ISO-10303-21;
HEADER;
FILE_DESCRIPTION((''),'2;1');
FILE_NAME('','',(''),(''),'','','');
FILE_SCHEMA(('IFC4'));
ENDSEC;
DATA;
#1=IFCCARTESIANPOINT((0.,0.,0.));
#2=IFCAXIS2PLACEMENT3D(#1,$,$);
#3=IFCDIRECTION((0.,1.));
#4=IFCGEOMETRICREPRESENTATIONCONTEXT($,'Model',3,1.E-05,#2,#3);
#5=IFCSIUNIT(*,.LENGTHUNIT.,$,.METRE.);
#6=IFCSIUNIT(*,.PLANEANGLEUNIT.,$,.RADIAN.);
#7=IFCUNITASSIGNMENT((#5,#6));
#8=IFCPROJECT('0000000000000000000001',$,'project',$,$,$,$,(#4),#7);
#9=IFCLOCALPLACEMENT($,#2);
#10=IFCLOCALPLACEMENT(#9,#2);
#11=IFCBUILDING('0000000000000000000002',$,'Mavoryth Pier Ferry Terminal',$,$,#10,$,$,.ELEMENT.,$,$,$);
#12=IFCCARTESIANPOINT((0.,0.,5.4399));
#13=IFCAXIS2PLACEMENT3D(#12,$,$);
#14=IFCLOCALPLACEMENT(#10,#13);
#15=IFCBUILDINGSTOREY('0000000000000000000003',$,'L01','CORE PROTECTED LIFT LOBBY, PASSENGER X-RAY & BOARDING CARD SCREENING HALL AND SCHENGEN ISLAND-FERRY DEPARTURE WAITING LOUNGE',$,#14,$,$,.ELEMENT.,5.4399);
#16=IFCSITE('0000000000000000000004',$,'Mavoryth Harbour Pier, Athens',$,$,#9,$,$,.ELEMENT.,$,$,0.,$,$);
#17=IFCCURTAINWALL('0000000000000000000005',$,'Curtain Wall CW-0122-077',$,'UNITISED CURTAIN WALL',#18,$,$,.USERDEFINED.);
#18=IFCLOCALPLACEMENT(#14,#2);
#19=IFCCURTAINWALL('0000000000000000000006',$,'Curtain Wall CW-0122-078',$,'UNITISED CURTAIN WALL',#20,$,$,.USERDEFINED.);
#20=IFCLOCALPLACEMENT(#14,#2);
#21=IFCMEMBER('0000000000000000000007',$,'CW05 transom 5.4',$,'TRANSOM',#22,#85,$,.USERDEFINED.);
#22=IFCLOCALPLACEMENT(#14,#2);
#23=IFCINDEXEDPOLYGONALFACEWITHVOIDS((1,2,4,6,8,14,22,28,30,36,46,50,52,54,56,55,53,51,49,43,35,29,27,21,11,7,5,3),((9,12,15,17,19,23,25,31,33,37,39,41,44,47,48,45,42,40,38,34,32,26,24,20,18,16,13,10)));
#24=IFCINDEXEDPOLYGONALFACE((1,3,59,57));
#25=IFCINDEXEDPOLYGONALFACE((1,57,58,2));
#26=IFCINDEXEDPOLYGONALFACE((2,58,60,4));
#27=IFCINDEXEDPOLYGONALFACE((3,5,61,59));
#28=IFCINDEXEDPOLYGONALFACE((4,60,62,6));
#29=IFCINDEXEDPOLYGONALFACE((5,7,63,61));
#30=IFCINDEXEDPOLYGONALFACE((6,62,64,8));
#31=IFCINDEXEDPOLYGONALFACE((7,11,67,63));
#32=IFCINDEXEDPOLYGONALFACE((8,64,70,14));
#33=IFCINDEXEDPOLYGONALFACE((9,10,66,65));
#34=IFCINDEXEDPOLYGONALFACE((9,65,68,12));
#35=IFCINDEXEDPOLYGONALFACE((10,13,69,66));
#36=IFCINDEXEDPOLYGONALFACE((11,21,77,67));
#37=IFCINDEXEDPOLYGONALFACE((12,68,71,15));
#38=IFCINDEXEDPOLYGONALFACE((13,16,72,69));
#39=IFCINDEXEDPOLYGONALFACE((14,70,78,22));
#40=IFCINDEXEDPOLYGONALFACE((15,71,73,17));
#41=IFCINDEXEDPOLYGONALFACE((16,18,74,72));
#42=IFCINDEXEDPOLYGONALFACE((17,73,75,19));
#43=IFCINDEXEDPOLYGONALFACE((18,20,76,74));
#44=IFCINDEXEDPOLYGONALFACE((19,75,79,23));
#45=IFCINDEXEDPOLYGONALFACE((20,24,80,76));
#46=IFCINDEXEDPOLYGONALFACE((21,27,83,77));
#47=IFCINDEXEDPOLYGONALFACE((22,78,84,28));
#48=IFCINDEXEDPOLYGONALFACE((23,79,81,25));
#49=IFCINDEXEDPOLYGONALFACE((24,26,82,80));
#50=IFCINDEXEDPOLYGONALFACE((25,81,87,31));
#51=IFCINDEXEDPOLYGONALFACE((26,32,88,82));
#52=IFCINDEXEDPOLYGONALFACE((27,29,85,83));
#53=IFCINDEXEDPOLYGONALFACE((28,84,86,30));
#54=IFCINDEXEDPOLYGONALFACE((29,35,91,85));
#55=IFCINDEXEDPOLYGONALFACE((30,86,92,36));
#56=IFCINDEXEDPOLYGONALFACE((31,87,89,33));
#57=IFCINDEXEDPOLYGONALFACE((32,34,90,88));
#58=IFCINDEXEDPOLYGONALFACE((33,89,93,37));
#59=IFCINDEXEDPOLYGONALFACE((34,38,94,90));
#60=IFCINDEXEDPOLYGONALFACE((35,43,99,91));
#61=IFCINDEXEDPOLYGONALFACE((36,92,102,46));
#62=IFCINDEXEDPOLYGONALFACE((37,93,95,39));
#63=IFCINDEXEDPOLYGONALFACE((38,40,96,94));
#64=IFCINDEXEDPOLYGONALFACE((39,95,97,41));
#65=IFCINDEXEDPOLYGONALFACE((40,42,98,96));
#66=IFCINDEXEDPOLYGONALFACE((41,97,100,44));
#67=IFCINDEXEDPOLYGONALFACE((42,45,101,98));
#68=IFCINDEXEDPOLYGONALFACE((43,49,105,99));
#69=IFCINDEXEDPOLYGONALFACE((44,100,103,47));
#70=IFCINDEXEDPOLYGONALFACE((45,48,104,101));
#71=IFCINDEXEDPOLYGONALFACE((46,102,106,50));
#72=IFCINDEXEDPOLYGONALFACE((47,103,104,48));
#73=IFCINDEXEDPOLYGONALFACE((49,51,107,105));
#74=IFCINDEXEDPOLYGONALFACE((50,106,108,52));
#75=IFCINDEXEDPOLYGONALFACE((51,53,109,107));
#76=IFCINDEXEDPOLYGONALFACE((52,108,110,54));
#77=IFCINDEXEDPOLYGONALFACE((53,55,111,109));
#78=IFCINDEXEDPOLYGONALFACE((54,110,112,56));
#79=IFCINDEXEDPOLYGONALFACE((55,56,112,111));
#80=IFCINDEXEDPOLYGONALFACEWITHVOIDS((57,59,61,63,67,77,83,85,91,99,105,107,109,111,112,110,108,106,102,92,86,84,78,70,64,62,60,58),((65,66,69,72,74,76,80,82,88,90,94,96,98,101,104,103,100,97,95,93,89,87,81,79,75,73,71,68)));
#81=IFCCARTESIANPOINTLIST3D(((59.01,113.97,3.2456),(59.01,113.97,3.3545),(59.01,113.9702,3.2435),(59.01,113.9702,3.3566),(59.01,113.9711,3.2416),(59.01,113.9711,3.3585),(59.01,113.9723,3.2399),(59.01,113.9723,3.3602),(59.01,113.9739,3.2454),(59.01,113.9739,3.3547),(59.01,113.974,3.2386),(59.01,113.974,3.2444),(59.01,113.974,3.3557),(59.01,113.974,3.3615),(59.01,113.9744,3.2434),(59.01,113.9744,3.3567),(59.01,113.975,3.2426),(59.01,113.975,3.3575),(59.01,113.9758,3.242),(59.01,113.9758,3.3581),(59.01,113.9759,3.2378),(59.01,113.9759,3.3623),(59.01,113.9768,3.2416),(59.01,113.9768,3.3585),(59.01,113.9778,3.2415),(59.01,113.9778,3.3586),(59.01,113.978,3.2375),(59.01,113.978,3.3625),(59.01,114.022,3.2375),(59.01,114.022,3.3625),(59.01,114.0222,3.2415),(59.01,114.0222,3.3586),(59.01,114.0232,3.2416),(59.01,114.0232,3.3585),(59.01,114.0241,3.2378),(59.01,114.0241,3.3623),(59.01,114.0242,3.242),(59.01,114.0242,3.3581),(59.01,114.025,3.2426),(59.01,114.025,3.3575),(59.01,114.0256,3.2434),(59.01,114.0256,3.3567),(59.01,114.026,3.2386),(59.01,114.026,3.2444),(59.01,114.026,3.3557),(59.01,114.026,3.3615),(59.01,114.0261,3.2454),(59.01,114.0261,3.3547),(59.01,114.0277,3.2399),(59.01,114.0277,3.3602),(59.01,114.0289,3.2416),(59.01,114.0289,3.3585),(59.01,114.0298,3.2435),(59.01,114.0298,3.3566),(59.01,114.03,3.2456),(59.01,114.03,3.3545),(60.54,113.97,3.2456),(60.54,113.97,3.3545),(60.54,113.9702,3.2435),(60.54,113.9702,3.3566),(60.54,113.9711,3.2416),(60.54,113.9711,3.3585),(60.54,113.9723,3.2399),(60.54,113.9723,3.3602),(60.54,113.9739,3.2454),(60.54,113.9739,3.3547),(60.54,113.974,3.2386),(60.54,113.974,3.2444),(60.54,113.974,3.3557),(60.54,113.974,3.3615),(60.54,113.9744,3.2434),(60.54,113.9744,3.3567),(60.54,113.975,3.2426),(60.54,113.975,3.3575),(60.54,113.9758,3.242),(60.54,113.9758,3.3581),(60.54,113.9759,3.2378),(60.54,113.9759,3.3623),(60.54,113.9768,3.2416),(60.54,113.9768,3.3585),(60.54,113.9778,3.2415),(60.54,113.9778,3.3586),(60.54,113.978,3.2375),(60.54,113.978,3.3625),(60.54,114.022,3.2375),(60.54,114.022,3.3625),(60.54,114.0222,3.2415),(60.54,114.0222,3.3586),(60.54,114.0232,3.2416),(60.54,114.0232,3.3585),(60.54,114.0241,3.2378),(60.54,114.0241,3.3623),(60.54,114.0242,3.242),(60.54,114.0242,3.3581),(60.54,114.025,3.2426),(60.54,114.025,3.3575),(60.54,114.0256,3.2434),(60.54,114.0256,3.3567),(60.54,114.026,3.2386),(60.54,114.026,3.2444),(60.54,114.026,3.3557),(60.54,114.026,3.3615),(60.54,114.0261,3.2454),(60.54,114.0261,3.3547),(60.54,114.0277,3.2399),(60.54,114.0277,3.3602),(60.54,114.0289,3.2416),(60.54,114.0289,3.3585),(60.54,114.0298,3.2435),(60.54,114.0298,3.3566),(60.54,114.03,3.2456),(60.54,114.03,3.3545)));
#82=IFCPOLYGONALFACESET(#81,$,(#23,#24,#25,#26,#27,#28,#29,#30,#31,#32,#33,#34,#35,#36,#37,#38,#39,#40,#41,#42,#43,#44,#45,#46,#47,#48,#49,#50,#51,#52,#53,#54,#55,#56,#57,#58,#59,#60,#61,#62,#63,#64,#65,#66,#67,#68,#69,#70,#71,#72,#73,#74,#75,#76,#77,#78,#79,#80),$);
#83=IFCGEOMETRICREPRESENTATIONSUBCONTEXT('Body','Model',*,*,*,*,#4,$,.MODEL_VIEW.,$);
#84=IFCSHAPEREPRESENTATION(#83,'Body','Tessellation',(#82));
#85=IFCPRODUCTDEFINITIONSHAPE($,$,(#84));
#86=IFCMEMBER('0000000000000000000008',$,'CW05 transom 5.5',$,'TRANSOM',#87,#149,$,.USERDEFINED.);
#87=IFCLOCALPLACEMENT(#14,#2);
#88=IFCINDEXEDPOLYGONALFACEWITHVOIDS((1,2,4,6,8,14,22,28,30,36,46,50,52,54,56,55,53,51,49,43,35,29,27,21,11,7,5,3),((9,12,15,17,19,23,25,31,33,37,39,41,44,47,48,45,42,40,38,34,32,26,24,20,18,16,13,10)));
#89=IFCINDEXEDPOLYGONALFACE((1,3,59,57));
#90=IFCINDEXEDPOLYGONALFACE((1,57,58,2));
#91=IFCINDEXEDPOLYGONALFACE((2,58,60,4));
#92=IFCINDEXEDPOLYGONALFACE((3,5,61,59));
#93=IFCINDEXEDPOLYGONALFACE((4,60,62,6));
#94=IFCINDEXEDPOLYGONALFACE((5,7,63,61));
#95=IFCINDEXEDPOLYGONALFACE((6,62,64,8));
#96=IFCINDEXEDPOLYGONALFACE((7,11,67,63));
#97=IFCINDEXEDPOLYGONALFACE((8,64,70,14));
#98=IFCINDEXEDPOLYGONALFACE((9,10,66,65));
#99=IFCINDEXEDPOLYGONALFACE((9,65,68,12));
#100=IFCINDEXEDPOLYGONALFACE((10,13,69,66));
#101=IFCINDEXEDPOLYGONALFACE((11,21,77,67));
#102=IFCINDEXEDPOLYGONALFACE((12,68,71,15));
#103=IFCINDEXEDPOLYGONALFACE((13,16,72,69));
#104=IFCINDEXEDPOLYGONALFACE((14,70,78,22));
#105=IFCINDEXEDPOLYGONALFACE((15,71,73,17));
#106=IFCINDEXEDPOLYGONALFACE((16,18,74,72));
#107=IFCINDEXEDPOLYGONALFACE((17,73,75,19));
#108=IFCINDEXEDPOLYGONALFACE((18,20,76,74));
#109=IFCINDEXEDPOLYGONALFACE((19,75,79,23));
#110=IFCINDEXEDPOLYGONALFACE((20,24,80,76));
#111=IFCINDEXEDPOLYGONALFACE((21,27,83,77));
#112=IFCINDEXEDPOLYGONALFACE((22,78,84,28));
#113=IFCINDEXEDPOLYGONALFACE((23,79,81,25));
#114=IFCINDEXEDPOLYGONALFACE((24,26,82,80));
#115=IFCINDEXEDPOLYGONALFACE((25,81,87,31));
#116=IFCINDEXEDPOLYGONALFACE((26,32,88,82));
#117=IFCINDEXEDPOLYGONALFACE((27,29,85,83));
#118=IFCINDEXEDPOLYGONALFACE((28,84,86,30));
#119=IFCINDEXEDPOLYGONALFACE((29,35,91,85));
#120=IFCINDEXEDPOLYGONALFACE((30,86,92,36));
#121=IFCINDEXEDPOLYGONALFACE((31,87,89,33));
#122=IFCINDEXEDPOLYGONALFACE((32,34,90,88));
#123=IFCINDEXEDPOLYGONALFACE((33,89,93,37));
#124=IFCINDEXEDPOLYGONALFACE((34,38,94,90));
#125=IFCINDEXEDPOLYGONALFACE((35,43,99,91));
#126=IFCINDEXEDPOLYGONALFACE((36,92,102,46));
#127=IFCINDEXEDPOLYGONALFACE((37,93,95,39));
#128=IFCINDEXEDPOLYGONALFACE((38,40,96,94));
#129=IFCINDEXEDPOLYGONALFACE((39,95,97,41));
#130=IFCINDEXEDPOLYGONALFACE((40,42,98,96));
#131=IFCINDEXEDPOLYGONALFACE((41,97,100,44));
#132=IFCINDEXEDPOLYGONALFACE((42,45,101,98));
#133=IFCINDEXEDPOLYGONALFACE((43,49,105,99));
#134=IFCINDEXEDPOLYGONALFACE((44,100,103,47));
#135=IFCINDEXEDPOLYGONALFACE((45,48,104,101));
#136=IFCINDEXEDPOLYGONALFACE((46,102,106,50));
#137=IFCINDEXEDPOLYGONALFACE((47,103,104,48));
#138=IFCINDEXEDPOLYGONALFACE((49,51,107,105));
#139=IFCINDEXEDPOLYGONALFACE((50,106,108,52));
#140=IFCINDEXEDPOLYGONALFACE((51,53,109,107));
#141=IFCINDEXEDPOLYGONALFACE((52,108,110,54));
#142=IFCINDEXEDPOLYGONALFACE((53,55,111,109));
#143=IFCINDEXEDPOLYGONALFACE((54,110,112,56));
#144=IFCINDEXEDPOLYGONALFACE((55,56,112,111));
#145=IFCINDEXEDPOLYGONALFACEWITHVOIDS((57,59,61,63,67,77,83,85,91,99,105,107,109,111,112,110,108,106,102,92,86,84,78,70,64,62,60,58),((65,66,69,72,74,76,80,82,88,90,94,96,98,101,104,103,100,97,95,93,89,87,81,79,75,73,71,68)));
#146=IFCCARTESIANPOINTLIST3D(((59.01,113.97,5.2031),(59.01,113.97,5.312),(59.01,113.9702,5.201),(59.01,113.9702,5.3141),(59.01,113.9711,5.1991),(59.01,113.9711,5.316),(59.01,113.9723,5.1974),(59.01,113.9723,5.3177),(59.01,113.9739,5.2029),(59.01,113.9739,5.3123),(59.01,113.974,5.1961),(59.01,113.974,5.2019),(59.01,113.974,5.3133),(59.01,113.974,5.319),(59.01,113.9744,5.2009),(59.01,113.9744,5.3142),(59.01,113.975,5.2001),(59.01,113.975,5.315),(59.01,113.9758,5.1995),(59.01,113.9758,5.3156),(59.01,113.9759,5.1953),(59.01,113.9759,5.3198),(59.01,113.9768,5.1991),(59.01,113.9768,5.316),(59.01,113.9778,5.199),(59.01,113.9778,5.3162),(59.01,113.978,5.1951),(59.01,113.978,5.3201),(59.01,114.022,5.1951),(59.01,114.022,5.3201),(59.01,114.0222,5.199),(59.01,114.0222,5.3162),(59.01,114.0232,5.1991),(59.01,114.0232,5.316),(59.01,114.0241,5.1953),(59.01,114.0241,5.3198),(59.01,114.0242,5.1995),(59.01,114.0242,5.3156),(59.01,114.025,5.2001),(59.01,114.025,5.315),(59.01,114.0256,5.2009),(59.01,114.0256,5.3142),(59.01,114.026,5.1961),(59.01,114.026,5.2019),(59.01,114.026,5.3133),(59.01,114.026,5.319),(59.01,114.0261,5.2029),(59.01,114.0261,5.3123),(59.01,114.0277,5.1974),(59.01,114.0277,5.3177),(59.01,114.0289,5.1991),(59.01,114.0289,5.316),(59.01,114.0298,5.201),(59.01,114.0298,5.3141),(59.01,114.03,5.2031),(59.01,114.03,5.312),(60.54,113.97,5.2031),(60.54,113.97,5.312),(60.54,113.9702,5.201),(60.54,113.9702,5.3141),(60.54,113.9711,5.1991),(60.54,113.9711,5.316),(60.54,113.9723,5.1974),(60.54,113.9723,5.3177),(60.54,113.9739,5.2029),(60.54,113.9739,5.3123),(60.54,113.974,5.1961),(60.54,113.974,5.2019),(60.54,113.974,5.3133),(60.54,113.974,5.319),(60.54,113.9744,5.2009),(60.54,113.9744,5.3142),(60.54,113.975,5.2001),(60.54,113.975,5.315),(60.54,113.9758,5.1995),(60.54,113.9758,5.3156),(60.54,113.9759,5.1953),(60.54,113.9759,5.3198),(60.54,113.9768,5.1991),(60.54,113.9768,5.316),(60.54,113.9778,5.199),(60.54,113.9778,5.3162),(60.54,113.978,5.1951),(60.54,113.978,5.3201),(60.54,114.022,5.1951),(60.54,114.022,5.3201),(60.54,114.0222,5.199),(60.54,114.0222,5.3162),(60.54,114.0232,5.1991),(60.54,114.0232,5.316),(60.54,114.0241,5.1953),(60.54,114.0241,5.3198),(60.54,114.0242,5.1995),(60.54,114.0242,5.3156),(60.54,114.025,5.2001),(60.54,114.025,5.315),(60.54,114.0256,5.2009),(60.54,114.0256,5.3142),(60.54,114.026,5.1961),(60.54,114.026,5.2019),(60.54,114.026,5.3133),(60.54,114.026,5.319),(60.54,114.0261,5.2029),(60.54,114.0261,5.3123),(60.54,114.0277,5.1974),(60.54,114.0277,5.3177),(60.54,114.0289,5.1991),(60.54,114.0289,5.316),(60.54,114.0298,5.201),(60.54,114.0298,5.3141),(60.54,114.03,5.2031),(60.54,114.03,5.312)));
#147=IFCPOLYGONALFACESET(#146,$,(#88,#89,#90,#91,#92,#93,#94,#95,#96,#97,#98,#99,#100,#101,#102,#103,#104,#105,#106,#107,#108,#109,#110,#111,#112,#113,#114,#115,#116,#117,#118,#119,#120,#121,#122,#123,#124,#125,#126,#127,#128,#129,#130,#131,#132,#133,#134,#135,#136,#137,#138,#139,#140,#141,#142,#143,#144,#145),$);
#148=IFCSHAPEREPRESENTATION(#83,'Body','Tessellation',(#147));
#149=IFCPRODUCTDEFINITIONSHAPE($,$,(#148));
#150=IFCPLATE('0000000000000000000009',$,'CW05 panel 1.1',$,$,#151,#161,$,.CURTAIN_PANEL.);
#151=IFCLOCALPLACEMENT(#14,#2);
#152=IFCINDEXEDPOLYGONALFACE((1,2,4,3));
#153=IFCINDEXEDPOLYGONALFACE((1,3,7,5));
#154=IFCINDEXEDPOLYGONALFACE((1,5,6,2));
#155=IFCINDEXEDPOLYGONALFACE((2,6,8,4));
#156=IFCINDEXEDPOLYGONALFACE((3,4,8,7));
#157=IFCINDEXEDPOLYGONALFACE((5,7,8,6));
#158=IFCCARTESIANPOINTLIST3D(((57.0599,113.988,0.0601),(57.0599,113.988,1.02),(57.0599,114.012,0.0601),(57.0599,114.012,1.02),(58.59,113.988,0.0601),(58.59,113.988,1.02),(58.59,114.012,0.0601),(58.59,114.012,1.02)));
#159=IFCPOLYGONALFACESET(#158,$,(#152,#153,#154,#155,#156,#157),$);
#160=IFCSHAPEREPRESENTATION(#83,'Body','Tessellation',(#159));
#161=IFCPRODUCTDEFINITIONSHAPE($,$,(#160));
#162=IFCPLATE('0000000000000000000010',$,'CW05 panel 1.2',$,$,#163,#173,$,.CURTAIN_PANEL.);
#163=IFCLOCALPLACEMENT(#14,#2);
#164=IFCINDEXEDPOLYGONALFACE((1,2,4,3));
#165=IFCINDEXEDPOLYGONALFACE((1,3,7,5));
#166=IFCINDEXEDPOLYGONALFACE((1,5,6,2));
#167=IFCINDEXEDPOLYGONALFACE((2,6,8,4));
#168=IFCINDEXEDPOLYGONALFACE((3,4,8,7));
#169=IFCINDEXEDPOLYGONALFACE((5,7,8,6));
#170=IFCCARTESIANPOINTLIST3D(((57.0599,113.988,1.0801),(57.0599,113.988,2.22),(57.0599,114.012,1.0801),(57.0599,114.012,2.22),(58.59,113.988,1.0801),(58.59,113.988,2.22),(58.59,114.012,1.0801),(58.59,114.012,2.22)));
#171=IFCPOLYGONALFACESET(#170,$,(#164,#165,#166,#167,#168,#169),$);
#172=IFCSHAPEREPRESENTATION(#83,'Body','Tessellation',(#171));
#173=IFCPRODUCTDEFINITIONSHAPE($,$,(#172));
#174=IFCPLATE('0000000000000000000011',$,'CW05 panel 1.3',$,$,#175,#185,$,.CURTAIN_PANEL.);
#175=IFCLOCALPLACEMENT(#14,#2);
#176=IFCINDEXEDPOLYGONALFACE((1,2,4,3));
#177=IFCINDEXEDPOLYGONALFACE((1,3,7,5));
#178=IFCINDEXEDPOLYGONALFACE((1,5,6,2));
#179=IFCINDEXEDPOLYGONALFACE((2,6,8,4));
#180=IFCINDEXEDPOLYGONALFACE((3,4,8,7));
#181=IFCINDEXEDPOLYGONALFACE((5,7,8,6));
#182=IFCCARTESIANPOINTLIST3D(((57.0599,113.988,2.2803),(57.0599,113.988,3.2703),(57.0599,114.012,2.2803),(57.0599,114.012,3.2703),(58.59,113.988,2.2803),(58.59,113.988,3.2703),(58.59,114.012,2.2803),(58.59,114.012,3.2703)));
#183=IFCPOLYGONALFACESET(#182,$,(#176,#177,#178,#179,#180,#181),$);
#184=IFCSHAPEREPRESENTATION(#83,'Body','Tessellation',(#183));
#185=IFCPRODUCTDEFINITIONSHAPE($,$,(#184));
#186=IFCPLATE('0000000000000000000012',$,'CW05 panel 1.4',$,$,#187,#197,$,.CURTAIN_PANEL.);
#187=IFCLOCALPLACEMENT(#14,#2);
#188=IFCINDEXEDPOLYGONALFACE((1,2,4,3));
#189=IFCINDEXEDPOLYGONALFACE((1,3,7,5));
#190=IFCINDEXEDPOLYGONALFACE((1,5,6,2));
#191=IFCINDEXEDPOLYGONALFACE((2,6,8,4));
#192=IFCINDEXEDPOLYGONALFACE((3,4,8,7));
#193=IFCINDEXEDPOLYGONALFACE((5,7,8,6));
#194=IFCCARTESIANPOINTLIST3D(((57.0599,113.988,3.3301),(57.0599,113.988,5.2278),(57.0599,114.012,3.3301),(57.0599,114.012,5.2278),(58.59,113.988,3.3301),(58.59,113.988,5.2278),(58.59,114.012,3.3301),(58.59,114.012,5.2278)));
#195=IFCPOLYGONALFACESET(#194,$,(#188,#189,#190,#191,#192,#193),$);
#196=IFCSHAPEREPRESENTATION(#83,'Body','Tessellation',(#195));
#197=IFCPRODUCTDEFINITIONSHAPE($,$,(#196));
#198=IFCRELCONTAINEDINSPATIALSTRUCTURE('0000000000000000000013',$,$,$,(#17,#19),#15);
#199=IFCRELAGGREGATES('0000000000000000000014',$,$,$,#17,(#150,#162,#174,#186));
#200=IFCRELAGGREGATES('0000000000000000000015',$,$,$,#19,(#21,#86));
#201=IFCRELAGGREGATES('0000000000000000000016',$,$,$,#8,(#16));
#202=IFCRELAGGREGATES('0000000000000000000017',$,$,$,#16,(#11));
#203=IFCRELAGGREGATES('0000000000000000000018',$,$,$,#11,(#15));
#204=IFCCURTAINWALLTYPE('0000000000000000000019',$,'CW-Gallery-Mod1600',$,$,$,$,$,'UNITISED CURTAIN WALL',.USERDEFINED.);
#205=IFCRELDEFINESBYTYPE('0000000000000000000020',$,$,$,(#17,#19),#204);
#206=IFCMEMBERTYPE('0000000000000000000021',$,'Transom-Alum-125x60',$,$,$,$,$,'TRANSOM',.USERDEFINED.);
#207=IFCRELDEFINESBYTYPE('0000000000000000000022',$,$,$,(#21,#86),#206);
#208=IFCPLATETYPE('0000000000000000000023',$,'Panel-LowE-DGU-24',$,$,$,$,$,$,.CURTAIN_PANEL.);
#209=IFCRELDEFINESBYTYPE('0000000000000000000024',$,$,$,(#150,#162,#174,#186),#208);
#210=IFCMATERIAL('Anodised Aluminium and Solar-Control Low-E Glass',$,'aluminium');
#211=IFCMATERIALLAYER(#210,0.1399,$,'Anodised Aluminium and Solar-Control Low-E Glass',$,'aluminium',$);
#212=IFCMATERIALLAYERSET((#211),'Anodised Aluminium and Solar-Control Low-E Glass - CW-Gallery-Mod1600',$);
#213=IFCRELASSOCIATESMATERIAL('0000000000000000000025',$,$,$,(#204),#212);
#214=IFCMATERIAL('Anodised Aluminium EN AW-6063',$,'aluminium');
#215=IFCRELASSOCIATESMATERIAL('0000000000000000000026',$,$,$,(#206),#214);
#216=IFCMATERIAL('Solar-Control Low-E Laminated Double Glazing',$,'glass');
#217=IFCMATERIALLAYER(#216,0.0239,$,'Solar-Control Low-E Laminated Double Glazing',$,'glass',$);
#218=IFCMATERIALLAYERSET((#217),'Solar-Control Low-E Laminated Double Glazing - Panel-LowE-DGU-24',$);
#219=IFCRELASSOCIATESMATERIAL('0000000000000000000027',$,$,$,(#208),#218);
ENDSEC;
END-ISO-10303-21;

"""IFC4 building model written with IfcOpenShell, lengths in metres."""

from ifc_helpers import new_model, si_unit, direction, frame, origin, origin_2d, place, context, subcontext, project, spatial, rectangle, hollow_rectangle, extrude, material, layer, layer_set, material_profile, profile_set, type_object, element, aggregate, save


model = new_model("IFC4")

# Units and contexts
model_context = context("Model", 3, precision=1e-05, world=origin(), true_north=direction((0.0, 1.0)))
body_context = subcontext(model_context, "Body", "Model", "MODEL_VIEW")
ifc_project = project(units=[si_unit("LENGTHUNIT", "METRE"), si_unit("PLANEANGLEUNIT", "RADIAN")], contexts=[model_context])

# Site, building, storey
site_placement = place(None, origin())
site = spatial("IfcSite", under=ifc_project, at=site_placement, Name="Mavoryth Harbour Pier, Athens", CompositionType="ELEMENT", RefElevation=0.0)
building_placement = place(site_placement, origin())
building = spatial("IfcBuilding", under=site, at=building_placement, Name="Mavoryth Pier Ferry Terminal", CompositionType="ELEMENT")
storey_placement = place(building_placement, frame((0.0, 0.0, 5.4399)))
storey = spatial("IfcBuildingStorey", under=building, at=storey_placement, Name="L01", Description="CORE PROTECTED LIFT LOBBY, PASSENGER X-RAY & BOARDING CARD SCREENING HALL AND SCHENGEN ISLAND-FERRY DEPARTURE WAITING LOUNGE", CompositionType="ELEMENT", Elevation=5.4399)

# Curtain walls
ifc_material_1 = material(Name="Anodised Aluminium and Solar-Control Low-E Glass", Category="aluminium")
ifc_layer_1 = layer(ifc_material_1, 0.1399, Name="Anodised Aluminium and Solar-Control Low-E Glass", Category="aluminium")
ifc_layer_set_1 = layer_set([ifc_layer_1], Name="Anodised Aluminium and Solar-Control Low-E Glass - CW-Gallery-Mod1600")
curtain_wall_type = type_object("IfcCurtainWallType", Name="CW-Gallery-Mod1600", ElementType="UNITISED CURTAIN WALL", PredefinedType="USERDEFINED", material=ifc_layer_set_1)
curtain_wall_1_placement = place(storey_placement, origin())
curtain_wall_1 = element("IfcCurtainWall", 1, at=curtain_wall_1_placement, inside=storey, type_object=curtain_wall_type, Name="Curtain Wall CW-0122-077", ObjectType="UNITISED CURTAIN WALL", PredefinedType="USERDEFINED")
ifc_material_2 = material(Name="Anodised Aluminium EN AW-6063", Category="aluminium")
curtain_wall_2_placement = place(storey_placement, origin())
curtain_wall_2 = element("IfcCurtainWall", 2, at=curtain_wall_2_placement, inside=storey, type_object=curtain_wall_type, Name="Curtain Wall CW-0122-078", ObjectType="UNITISED CURTAIN WALL", PredefinedType="USERDEFINED")

# Members
ifc_material_profile_1 = material_profile(ifc_material_2, hollow_rectangle(XDim=0.0601, YDim=0.125, WallThickness=0.0039, InnerFilletRadius=0.0039, OuterFilletRadius=0.0081, at=origin_2d()), Name="AL-TRAN 125x60x4", Category="aluminium")
ifc_profile_set_1 = profile_set([ifc_material_profile_1], Name="Anodised Aluminium EN AW-6063 - AL-TRAN 125x60x4")
member_type_1 = type_object("IfcMemberType", Name="Transom-Alum-125x60", ElementType="TRANSOM", PredefinedType="USERDEFINED", material=ifc_profile_set_1)
member_1_placement = place(storey_placement, frame((60.54, 114.0, 3.3), z_axis=(-1.0, 0.0, 0.0), x_axis=(0.0, -1.0, 0.0)))
member_1 = element("IfcMember", 3, at=member_1_placement, type_object=member_type_1, Name="CW05 transom 5.4", ObjectType="TRANSOM", PredefinedType="USERDEFINED", context=body_context, shape_type="SweptSolid", body=[
    extrude(hollow_rectangle(XDim=0.0601, YDim=0.125, WallThickness=0.0039, InnerFilletRadius=0.0039, OuterFilletRadius=0.0081, at=origin_2d()), origin(), (0.0, 0.0, 1.0), 1.53),
])
member_2_placement = place(storey_placement, frame((60.54, 114.0, 5.2576), z_axis=(-1.0, 0.0, 0.0), x_axis=(0.0, -1.0, 0.0)))
member_2 = element("IfcMember", 4, at=member_2_placement, type_object=member_type_1, Name="CW05 transom 5.5", ObjectType="TRANSOM", PredefinedType="USERDEFINED", context=body_context, shape_type="SweptSolid", body=[
    extrude(hollow_rectangle(XDim=0.0601, YDim=0.125, WallThickness=0.0039, InnerFilletRadius=0.0039, OuterFilletRadius=0.0081, at=origin_2d()), origin(), (0.0, 0.0, 1.0), 1.53),
])

# Plates
ifc_material_3 = material(Name="Solar-Control Low-E Laminated Double Glazing", Category="glass")
ifc_layer_2 = layer(ifc_material_3, 0.0239, Name="Solar-Control Low-E Laminated Double Glazing", Category="glass")
ifc_layer_set_2 = layer_set([ifc_layer_2], Name="Solar-Control Low-E Laminated Double Glazing - Panel-LowE-DGU-24")
plate_type_1 = type_object("IfcPlateType", Name="Panel-LowE-DGU-24", PredefinedType="CURTAIN_PANEL", material=ifc_layer_set_2)
plate_1_placement = place(storey_placement, frame((57.825, 114.0, 0.0601), z_axis=(0.0, 0.0, 1.0), x_axis=(-1.0, 0.0, 0.0)))
plate_1 = element("IfcPlate", 5, at=plate_1_placement, type_object=plate_type_1, Name="CW05 panel 1.1", PredefinedType="CURTAIN_PANEL", context=body_context, shape_type="SweptSolid", body=[
    extrude(rectangle(XDim=1.53, YDim=0.0239, at=origin_2d()), origin(), (0.0, 0.0, 1.0), 0.96),
])
plate_2_placement = place(storey_placement, frame((57.825, 114.0, 1.0801), z_axis=(0.0, 0.0, 1.0), x_axis=(-1.0, 0.0, 0.0)))
plate_2 = element("IfcPlate", 6, at=plate_2_placement, type_object=plate_type_1, Name="CW05 panel 1.2", PredefinedType="CURTAIN_PANEL", context=body_context, shape_type="SweptSolid", body=[
    extrude(rectangle(XDim=1.53, YDim=0.0239, at=origin_2d()), origin(), (0.0, 0.0, 1.0), 1.1399),
])
plate_3_placement = place(storey_placement, frame((57.825, 114.0, 2.2803), z_axis=(0.0, 0.0, 1.0), x_axis=(-1.0, 0.0, 0.0)))
plate_3 = element("IfcPlate", 7, at=plate_3_placement, type_object=plate_type_1, Name="CW05 panel 1.3", PredefinedType="CURTAIN_PANEL", context=body_context, shape_type="SweptSolid", body=[
    extrude(rectangle(XDim=1.53, YDim=0.0239, at=origin_2d()), origin(), (0.0, 0.0, 1.0), 0.99),
])
plate_4_placement = place(storey_placement, frame((57.825, 114.0, 3.3301), z_axis=(0.0, 0.0, 1.0), x_axis=(-1.0, 0.0, 0.0)))
plate_4 = element("IfcPlate", 8, at=plate_4_placement, type_object=plate_type_1, Name="CW05 panel 1.4", PredefinedType="CURTAIN_PANEL", context=body_context, shape_type="SweptSolid", body=[
    extrude(rectangle(XDim=1.53, YDim=0.0239, at=origin_2d()), origin(), (0.0, 0.0, 1.0), 1.8977),
])
aggregate(curtain_wall_1, [plate_1, plate_2, plate_3, plate_4])
aggregate(curtain_wall_2, [member_1, member_2])

save(model, "model.ifc")
